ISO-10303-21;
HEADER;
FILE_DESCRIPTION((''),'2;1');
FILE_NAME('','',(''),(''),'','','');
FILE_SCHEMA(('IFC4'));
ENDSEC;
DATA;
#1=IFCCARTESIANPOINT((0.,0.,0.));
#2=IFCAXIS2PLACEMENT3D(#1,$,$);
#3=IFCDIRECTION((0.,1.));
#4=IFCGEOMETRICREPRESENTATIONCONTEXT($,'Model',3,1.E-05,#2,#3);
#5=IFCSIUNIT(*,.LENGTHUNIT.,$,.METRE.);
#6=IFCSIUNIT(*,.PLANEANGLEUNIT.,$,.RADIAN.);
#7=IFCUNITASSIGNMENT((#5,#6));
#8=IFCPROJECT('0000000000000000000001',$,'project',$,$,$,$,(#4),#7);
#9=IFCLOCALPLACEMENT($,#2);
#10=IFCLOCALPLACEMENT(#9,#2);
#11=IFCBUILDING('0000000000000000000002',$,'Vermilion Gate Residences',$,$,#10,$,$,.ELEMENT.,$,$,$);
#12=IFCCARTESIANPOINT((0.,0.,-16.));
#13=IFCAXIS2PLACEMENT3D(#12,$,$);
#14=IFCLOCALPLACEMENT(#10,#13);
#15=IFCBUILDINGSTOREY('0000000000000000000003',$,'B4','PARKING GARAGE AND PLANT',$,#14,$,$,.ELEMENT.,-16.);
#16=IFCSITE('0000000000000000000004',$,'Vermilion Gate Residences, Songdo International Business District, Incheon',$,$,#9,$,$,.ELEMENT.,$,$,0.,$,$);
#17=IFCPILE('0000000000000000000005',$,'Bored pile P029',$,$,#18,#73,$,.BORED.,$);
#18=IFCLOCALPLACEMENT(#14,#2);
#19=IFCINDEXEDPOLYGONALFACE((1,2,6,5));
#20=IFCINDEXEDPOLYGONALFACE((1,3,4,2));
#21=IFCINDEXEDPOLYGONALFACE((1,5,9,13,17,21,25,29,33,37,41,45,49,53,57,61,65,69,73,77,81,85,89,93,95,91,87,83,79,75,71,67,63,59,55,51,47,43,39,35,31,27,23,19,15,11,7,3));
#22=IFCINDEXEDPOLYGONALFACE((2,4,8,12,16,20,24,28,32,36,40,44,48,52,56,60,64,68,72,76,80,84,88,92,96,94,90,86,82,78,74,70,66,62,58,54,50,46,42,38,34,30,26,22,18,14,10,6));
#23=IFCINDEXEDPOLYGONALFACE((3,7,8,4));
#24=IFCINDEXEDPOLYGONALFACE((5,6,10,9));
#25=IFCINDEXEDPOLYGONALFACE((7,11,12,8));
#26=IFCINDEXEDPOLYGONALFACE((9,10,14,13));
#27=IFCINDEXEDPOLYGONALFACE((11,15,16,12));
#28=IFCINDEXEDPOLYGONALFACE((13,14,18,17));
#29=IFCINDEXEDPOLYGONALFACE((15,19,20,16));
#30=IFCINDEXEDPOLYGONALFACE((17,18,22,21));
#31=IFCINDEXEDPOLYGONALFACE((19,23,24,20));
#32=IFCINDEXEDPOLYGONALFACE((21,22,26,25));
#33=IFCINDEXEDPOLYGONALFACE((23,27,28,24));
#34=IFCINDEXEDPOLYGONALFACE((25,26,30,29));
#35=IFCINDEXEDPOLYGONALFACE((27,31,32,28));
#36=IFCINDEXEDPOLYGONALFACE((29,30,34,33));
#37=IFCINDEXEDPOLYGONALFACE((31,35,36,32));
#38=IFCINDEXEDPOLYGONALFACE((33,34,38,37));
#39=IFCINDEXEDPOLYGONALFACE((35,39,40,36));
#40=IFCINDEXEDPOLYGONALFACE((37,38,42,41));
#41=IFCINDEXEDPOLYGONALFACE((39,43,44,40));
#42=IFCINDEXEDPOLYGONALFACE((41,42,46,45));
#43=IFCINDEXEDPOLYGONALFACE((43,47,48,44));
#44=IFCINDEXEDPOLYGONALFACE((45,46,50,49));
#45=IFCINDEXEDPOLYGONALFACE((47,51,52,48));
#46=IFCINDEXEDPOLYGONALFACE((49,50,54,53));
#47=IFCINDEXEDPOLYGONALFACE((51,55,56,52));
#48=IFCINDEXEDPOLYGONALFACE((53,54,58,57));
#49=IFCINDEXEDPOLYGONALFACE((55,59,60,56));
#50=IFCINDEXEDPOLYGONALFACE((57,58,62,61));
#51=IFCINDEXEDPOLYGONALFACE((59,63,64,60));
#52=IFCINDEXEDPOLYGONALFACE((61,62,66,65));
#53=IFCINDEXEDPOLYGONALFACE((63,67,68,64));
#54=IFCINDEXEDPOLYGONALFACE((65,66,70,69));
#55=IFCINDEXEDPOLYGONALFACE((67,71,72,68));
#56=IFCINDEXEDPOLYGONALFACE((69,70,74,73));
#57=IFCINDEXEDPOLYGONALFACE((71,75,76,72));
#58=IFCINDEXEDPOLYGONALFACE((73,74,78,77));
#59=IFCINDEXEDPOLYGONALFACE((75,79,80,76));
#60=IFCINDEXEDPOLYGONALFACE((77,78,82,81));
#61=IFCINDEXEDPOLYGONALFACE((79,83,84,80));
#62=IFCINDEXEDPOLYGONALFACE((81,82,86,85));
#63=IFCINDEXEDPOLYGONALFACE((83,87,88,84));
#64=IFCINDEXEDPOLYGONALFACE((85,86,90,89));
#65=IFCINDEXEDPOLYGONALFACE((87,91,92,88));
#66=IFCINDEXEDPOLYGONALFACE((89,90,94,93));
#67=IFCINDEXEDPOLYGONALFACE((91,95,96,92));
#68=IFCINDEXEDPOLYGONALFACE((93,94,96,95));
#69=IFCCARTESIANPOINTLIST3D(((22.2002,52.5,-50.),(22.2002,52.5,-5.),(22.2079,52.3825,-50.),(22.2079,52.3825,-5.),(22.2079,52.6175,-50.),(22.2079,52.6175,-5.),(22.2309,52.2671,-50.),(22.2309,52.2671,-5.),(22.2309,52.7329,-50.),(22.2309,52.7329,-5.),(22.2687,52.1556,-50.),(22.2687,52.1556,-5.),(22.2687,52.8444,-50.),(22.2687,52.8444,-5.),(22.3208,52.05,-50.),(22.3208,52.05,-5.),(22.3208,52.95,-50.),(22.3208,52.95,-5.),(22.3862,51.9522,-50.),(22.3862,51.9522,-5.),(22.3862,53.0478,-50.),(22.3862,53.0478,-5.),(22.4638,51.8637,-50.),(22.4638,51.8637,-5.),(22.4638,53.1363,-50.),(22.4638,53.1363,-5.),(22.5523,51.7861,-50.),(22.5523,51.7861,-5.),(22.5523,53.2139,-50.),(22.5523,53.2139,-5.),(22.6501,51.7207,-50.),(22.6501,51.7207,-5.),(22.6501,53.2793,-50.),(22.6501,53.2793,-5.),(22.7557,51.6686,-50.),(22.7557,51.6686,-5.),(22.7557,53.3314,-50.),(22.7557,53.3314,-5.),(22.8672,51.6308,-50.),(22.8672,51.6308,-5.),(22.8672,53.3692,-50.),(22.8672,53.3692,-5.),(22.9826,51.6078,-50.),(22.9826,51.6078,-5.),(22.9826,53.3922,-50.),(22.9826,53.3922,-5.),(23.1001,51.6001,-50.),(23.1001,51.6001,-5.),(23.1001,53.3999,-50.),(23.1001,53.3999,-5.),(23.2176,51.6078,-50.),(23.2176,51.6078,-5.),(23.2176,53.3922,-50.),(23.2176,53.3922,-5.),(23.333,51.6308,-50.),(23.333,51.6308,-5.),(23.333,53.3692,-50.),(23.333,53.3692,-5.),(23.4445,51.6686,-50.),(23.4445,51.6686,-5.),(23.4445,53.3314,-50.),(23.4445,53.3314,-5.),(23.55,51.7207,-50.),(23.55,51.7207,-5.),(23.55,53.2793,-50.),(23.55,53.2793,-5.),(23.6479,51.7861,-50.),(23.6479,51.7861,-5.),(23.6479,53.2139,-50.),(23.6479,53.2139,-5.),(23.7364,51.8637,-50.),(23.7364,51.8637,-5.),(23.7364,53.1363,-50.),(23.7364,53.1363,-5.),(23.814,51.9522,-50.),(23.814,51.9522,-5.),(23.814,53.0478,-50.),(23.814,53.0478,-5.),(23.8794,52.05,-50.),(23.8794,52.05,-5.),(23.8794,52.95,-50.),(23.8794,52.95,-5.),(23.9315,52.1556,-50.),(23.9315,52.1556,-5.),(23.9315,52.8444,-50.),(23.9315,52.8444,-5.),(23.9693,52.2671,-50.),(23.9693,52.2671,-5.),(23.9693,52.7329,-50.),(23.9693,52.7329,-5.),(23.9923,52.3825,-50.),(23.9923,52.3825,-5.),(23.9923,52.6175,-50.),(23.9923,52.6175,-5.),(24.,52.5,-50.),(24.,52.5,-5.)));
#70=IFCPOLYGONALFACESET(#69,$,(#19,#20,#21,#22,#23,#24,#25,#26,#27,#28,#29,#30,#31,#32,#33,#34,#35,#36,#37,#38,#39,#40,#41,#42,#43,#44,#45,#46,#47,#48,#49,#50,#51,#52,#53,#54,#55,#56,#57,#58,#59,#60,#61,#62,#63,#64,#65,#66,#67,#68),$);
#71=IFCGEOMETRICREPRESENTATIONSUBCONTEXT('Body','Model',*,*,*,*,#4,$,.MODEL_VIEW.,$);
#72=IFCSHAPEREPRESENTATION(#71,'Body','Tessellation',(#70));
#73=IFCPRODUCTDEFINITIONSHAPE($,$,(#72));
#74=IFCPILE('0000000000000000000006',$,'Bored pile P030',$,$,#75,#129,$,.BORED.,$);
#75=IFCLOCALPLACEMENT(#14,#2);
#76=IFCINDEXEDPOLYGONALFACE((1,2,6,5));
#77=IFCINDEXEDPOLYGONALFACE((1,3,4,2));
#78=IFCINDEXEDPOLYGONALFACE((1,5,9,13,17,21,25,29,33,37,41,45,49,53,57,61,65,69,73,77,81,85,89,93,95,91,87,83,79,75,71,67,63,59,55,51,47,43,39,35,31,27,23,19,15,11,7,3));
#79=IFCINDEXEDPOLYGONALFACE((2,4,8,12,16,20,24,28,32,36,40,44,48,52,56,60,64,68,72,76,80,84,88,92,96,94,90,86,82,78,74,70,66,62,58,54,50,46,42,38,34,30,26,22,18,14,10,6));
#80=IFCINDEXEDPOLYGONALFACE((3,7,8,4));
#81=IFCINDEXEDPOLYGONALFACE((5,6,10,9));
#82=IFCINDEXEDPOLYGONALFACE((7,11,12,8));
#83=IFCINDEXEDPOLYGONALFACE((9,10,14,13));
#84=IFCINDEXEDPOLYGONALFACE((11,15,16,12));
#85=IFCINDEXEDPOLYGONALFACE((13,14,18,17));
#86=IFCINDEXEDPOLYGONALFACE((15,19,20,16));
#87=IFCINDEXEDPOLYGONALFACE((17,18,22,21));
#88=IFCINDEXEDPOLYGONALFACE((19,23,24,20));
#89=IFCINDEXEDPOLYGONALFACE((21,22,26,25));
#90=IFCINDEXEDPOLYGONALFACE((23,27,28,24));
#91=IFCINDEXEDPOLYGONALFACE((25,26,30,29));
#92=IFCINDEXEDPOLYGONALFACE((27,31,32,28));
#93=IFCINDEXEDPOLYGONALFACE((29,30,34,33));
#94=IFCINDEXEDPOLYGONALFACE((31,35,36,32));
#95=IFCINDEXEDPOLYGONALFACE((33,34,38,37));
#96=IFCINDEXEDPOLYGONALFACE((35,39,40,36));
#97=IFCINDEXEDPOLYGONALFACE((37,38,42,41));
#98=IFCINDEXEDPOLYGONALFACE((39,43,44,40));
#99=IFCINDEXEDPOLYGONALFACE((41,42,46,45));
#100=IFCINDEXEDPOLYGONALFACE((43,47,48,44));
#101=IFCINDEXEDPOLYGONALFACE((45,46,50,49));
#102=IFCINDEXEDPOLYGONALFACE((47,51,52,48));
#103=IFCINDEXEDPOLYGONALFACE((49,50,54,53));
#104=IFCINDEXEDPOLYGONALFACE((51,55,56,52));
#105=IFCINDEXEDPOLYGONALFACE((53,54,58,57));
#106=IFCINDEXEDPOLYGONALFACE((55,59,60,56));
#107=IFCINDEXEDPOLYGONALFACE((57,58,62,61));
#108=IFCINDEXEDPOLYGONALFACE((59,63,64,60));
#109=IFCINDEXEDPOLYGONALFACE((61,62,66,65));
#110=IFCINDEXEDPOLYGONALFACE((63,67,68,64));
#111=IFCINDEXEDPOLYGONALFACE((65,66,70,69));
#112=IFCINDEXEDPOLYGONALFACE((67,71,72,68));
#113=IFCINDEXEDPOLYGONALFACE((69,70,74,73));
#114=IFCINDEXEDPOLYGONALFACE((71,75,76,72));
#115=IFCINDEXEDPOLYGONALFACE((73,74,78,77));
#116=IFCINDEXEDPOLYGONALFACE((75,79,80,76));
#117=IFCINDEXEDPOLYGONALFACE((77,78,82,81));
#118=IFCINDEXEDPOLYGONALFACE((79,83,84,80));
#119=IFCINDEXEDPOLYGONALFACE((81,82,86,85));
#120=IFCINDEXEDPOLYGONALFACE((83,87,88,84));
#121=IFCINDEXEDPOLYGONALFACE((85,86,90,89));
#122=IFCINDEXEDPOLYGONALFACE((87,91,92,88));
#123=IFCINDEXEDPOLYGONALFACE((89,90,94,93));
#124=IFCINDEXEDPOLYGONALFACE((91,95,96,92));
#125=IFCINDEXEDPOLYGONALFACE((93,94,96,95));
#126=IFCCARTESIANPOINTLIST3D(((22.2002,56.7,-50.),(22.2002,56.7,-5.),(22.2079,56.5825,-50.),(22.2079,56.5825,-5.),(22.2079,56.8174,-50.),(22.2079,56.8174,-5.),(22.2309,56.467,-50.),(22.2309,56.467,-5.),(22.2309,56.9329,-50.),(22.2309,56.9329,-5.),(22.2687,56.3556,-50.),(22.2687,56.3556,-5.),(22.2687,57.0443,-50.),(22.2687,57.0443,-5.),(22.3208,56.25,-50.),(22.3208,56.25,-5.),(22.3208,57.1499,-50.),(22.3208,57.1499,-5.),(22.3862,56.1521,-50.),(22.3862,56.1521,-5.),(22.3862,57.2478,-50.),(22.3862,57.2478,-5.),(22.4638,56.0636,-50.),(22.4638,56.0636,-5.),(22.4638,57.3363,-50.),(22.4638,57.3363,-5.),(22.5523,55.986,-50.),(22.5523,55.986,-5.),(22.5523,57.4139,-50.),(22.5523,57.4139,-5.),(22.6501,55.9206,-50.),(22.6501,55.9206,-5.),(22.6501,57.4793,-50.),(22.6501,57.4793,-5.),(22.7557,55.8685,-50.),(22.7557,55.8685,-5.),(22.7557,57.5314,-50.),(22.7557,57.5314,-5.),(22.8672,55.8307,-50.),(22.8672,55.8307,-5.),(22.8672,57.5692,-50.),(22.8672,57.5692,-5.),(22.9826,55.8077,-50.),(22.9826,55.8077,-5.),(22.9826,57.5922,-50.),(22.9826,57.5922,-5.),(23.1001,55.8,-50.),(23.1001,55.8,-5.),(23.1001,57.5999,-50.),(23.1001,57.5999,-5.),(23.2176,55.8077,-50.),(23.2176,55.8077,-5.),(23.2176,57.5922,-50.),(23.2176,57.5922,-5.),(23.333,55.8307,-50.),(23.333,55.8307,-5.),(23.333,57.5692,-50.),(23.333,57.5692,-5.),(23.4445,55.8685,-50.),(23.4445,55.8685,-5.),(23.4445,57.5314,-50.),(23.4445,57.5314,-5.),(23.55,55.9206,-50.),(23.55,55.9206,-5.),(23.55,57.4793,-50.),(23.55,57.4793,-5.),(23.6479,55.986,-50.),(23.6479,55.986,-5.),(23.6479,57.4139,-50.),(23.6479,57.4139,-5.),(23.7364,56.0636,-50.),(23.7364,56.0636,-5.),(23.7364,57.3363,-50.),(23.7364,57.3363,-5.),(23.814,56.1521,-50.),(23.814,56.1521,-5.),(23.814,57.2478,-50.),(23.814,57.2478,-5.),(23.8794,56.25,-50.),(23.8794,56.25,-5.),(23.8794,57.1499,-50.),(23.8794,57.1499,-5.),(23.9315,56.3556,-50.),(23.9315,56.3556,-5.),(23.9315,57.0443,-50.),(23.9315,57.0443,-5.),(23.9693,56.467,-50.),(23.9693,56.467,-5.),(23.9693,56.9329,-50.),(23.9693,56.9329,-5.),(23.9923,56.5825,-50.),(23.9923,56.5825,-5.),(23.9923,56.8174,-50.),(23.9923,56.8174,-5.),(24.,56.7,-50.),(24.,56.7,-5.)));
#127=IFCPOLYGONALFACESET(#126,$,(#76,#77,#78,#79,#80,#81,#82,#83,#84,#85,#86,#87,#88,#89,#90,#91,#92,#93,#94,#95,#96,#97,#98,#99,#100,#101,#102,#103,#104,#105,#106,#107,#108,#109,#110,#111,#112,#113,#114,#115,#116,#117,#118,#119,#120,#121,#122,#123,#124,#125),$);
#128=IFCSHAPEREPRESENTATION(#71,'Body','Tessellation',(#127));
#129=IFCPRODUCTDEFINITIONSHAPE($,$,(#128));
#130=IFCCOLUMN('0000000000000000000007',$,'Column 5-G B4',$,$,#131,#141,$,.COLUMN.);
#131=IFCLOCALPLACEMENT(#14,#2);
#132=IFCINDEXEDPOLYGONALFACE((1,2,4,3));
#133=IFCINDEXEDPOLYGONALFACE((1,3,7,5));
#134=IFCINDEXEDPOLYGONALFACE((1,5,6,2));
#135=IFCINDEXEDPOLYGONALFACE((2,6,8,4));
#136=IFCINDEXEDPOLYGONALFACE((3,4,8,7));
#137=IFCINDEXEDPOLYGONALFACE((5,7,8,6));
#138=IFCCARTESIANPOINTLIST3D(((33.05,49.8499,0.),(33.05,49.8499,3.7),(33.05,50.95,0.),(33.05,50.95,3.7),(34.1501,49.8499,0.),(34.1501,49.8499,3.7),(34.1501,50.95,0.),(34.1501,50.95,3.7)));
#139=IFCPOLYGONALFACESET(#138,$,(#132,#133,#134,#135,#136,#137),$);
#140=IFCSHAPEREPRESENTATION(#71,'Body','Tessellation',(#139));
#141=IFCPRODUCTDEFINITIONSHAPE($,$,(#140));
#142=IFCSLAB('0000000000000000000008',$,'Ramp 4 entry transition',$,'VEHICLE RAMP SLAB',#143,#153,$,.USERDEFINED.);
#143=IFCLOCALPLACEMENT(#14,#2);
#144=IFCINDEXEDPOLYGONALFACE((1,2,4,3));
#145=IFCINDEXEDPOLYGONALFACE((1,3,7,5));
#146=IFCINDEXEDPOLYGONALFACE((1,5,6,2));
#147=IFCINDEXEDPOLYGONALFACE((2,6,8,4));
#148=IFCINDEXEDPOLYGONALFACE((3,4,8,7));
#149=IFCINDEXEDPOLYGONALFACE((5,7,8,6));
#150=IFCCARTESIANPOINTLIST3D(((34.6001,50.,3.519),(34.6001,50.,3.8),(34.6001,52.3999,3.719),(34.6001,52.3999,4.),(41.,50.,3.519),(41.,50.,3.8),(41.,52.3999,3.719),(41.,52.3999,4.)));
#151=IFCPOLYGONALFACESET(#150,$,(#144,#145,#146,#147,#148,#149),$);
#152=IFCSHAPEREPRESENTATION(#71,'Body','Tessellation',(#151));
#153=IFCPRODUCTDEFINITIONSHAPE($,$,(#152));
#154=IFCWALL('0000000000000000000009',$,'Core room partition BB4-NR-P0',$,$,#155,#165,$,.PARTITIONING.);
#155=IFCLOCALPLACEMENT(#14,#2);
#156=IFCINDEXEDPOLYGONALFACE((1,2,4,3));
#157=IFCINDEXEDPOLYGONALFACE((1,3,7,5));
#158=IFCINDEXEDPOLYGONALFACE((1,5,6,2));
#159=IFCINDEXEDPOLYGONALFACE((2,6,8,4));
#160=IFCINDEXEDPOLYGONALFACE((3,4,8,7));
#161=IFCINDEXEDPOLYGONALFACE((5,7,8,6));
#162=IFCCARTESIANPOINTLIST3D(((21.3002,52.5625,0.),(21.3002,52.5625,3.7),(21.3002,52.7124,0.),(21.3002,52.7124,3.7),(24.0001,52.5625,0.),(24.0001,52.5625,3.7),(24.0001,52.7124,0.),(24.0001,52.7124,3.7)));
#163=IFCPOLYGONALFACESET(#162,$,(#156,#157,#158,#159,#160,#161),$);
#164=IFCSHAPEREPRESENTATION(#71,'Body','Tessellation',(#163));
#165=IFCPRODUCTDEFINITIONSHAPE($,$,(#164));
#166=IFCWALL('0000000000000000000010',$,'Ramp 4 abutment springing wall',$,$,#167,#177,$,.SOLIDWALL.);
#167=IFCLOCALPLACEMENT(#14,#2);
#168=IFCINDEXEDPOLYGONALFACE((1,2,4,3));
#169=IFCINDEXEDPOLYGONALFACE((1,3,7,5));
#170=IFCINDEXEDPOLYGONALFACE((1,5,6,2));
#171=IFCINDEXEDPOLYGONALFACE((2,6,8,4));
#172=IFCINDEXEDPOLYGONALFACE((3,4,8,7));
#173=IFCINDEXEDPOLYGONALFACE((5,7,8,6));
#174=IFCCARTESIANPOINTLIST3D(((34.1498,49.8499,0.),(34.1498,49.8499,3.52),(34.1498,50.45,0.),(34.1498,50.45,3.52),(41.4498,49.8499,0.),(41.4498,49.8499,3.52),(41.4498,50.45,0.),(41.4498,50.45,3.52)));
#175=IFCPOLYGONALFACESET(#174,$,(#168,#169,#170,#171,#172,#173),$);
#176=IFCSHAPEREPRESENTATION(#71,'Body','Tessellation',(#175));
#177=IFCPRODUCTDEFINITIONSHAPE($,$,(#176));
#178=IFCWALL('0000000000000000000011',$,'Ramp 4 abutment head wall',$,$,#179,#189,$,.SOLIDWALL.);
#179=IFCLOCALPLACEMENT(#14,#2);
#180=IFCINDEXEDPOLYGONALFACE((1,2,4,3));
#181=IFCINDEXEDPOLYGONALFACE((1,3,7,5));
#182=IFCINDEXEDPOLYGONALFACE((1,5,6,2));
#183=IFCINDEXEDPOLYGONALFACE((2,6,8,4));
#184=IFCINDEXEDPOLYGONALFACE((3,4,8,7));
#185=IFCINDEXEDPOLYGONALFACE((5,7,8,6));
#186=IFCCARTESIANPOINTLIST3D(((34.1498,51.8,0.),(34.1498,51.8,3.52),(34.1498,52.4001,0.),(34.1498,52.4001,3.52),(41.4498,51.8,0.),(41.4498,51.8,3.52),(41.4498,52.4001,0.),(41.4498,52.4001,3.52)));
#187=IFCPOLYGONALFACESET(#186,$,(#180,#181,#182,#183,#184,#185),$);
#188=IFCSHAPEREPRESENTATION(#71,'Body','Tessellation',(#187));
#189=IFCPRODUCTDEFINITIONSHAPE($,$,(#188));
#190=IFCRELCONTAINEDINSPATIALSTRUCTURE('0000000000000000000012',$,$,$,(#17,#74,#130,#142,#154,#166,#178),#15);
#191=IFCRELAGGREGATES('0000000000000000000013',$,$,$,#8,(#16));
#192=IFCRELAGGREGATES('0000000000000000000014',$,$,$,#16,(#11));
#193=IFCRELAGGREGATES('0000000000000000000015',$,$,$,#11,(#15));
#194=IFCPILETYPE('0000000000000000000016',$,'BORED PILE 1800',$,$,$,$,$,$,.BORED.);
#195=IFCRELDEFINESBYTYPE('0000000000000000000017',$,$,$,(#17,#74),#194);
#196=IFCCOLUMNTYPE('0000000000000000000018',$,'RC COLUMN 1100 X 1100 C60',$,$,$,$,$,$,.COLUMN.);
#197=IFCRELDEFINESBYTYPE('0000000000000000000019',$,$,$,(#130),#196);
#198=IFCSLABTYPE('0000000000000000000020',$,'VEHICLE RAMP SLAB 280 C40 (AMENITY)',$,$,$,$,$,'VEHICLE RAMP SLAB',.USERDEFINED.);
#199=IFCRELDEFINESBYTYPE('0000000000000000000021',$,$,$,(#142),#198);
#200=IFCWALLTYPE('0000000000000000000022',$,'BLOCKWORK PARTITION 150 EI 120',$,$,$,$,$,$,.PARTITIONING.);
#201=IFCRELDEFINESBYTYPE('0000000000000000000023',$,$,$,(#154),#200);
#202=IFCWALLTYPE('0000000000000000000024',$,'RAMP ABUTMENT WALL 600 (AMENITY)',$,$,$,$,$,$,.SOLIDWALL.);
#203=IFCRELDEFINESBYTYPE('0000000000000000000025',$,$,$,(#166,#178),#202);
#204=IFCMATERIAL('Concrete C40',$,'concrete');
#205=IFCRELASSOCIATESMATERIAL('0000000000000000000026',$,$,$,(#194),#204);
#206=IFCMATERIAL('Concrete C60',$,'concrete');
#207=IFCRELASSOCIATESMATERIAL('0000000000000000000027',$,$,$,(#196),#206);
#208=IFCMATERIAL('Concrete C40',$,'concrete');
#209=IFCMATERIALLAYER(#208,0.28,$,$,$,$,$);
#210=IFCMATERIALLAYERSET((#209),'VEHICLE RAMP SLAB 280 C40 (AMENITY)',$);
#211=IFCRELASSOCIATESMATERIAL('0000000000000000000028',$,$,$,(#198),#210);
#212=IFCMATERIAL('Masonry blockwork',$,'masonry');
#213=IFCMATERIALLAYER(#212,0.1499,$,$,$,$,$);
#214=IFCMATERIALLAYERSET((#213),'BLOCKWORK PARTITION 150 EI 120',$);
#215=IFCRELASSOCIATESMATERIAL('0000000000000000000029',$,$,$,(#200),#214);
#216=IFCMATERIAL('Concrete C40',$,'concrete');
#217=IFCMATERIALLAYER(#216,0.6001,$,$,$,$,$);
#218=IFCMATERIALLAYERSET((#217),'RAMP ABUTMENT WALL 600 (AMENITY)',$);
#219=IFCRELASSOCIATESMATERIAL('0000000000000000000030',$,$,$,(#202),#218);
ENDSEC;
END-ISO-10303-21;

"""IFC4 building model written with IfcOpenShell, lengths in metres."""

from ifc_helpers import new_model, si_unit, direction, frame, frame_2d, origin, origin_2d, place, context, subcontext, project, spatial, polyline, rectangle, circle, outline, extrude, material, layer, layer_set, material_profile, profile_set, type_object, element, save


model = new_model("IFC4")

# Units and contexts
model_context = context("Model", 3, precision=1e-05, world=origin(), true_north=direction((0.0, 1.0)))
body_context = subcontext(model_context, "Body", "Model", "MODEL_VIEW")
ifc_project = project(units=[si_unit("LENGTHUNIT", "METRE"), si_unit("PLANEANGLEUNIT", "RADIAN")], contexts=[model_context])

# Site, building, storey
site_placement = place(None, origin())
site = spatial("IfcSite", under=ifc_project, at=site_placement, Name="Vermilion Gate Residences, Songdo International Business District, Incheon", CompositionType="ELEMENT", RefElevation=0.0)
building_placement = place(site_placement, origin())
building = spatial("IfcBuilding", under=site, at=building_placement, Name="Vermilion Gate Residences", CompositionType="ELEMENT")
storey_placement = place(building_placement, frame((0.0, 0.0, -16.0)))
storey = spatial("IfcBuildingStorey", under=building, at=storey_placement, Name="B4", Description="PARKING GARAGE AND PLANT", CompositionType="ELEMENT", Elevation=-16.0)

# Piles
ifc_material_1 = material(Name="Concrete C40", Category="concrete")
ifc_material_profile_1 = material_profile(ifc_material_1, circle(Radius=0.8999, at=origin_2d()), Name="BORED PILE 1800")
ifc_profile_set_1 = profile_set([ifc_material_profile_1], Name="Concrete C40")
pile_type_1 = type_object("IfcPileType", Name="BORED PILE 1800", PredefinedType="BORED", material=ifc_profile_set_1)
for number, where, z_axis, x_axis, name in (
    (1, (23.1001, 52.5, -5.0), (0.0, 0.0, -1.0), (1.0, 0.0, 0.0), "Bored pile P029"),
    (2, (23.1001, 56.7, -5.0), (0.0, 0.0, -1.0), (1.0, 0.0, 0.0), "Bored pile P030"),
):
    element("IfcPile", number, at=place(storey_placement, frame(where, z_axis=z_axis, x_axis=x_axis)), inside=storey, type_object=pile_type_1, Name=name, PredefinedType="BORED", context=body_context, shape_type="SweptSolid", body=[
        extrude(circle(Radius=0.8999, at=origin_2d()), origin(), (0.0, 0.0, 1.0), 45.0),
    ])

# Column
ifc_material_2 = material(Name="Concrete C60", Category="concrete")
ifc_material_profile_2 = material_profile(ifc_material_2, rectangle(XDim=1.1001, YDim=1.1001, at=origin_2d()), Name="RC-1100x1100")
ifc_profile_set_2 = profile_set([ifc_material_profile_2], Name="Concrete C60")
column_type = type_object("IfcColumnType", Name="RC COLUMN 1100 X 1100 C60", PredefinedType="COLUMN", material=ifc_profile_set_2)
column_placement = place(storey_placement, frame((33.6001, 50.3999, 0.0), z_axis=(0.0, 0.0, 1.0), x_axis=(1.0, 0.0, 0.0)))
element("IfcColumn", 3, at=column_placement, inside=storey, type_object=column_type, Name="Column 5-G B4", PredefinedType="COLUMN", context=body_context, shape_type="SweptSolid", body=[
    extrude(rectangle(XDim=1.1001, YDim=1.1001, at=origin_2d()), origin(), (0.0, 0.0, 1.0), 3.7),
])

# Slab
ifc_material_3 = material(Name="Concrete C40", Category="concrete")
ifc_layer_1 = layer(ifc_material_3, 0.28)
ifc_layer_set_1 = layer_set([ifc_layer_1], Name="VEHICLE RAMP SLAB 280 C40 (AMENITY)")
slab_type = type_object("IfcSlabType", Name="VEHICLE RAMP SLAB 280 C40 (AMENITY)", ElementType="VEHICLE RAMP SLAB", PredefinedType="USERDEFINED", material=ifc_layer_set_1)
slab_placement = place(storey_placement, frame((37.8, 52.3999, 4.0), z_axis=(0.0, 0.0, 1.0), x_axis=(0.0, -1.0, 0.0)))
element("IfcSlab", 4, at=slab_placement, inside=storey, type_object=slab_type, Name="Ramp 4 entry transition", ObjectType="VEHICLE RAMP SLAB", PredefinedType="USERDEFINED", context=body_context, shape_type="SweptSolid", body=[
    extrude(outline(polyline([(0.0, 0.0), (2.3999, -0.2), (2.3999, -0.481), (0.0, -0.281), (0.0, 0.0)])), frame((0.0, 3.2, 0.0), z_axis=(0.0, -1.0, 0.0), x_axis=(1.0, 0.0, 0.0)), (0.0, 0.0, 1.0), 6.3999),
])

# Walls
ifc_material_4 = material(Name="Masonry blockwork", Category="masonry")
ifc_layer_2 = layer(ifc_material_4, 0.1499)
ifc_layer_set_2 = layer_set([ifc_layer_2], Name="BLOCKWORK PARTITION 150 EI 120")
wall_type_1 = type_object("IfcWallType", Name="BLOCKWORK PARTITION 150 EI 120", PredefinedType="PARTITIONING", material=ifc_layer_set_2)
wall_1_placement = place(storey_placement, frame((21.3, 52.6375, 0.0), z_axis=(0.0, 0.0, 1.0), x_axis=(1.0, 0.0, 0.0)))
element("IfcWall", 5, at=wall_1_placement, inside=storey, type_object=wall_type_1, Name="Core room partition BB4-NR-P0", PredefinedType="PARTITIONING", context=body_context, shape_type="SweptSolid", body=[
    extrude(rectangle(XDim=2.7, YDim=0.1499, at=frame_2d((1.3501, 0.0))), origin(), (0.0, 0.0, 1.0), 3.7),
])
ifc_material_5 = material(Name="Concrete C40", Category="concrete")
ifc_layer_3 = layer(ifc_material_5, 0.6001)
ifc_layer_set_3 = layer_set([ifc_layer_3], Name="RAMP ABUTMENT WALL 600 (AMENITY)")
wall_type_2 = type_object("IfcWallType", Name="RAMP ABUTMENT WALL 600 (AMENITY)", PredefinedType="SOLIDWALL", material=ifc_layer_set_3)
for number, where, z_axis, x_axis, name in (
    (6, (34.1499, 50.1499, 0.0), (0.0, 0.0, 1.0), (1.0, 0.0, 0.0), "Ramp 4 abutment springing wall"),
    (7, (34.1499, 52.1001, 0.0), (0.0, 0.0, 1.0), (1.0, 0.0, 0.0), "Ramp 4 abutment head wall"),
):
    element("IfcWall", number, at=place(storey_placement, frame(where, z_axis=z_axis, x_axis=x_axis)), inside=storey, type_object=wall_type_2, Name=name, PredefinedType="SOLIDWALL", context=body_context, shape_type="SweptSolid", body=[
        extrude(rectangle(XDim=7.3, YDim=0.6001, at=frame_2d((3.6499, 0.0))), origin(), (0.0, 0.0, 1.0), 3.52),
    ])

save(model, "model.ifc")
